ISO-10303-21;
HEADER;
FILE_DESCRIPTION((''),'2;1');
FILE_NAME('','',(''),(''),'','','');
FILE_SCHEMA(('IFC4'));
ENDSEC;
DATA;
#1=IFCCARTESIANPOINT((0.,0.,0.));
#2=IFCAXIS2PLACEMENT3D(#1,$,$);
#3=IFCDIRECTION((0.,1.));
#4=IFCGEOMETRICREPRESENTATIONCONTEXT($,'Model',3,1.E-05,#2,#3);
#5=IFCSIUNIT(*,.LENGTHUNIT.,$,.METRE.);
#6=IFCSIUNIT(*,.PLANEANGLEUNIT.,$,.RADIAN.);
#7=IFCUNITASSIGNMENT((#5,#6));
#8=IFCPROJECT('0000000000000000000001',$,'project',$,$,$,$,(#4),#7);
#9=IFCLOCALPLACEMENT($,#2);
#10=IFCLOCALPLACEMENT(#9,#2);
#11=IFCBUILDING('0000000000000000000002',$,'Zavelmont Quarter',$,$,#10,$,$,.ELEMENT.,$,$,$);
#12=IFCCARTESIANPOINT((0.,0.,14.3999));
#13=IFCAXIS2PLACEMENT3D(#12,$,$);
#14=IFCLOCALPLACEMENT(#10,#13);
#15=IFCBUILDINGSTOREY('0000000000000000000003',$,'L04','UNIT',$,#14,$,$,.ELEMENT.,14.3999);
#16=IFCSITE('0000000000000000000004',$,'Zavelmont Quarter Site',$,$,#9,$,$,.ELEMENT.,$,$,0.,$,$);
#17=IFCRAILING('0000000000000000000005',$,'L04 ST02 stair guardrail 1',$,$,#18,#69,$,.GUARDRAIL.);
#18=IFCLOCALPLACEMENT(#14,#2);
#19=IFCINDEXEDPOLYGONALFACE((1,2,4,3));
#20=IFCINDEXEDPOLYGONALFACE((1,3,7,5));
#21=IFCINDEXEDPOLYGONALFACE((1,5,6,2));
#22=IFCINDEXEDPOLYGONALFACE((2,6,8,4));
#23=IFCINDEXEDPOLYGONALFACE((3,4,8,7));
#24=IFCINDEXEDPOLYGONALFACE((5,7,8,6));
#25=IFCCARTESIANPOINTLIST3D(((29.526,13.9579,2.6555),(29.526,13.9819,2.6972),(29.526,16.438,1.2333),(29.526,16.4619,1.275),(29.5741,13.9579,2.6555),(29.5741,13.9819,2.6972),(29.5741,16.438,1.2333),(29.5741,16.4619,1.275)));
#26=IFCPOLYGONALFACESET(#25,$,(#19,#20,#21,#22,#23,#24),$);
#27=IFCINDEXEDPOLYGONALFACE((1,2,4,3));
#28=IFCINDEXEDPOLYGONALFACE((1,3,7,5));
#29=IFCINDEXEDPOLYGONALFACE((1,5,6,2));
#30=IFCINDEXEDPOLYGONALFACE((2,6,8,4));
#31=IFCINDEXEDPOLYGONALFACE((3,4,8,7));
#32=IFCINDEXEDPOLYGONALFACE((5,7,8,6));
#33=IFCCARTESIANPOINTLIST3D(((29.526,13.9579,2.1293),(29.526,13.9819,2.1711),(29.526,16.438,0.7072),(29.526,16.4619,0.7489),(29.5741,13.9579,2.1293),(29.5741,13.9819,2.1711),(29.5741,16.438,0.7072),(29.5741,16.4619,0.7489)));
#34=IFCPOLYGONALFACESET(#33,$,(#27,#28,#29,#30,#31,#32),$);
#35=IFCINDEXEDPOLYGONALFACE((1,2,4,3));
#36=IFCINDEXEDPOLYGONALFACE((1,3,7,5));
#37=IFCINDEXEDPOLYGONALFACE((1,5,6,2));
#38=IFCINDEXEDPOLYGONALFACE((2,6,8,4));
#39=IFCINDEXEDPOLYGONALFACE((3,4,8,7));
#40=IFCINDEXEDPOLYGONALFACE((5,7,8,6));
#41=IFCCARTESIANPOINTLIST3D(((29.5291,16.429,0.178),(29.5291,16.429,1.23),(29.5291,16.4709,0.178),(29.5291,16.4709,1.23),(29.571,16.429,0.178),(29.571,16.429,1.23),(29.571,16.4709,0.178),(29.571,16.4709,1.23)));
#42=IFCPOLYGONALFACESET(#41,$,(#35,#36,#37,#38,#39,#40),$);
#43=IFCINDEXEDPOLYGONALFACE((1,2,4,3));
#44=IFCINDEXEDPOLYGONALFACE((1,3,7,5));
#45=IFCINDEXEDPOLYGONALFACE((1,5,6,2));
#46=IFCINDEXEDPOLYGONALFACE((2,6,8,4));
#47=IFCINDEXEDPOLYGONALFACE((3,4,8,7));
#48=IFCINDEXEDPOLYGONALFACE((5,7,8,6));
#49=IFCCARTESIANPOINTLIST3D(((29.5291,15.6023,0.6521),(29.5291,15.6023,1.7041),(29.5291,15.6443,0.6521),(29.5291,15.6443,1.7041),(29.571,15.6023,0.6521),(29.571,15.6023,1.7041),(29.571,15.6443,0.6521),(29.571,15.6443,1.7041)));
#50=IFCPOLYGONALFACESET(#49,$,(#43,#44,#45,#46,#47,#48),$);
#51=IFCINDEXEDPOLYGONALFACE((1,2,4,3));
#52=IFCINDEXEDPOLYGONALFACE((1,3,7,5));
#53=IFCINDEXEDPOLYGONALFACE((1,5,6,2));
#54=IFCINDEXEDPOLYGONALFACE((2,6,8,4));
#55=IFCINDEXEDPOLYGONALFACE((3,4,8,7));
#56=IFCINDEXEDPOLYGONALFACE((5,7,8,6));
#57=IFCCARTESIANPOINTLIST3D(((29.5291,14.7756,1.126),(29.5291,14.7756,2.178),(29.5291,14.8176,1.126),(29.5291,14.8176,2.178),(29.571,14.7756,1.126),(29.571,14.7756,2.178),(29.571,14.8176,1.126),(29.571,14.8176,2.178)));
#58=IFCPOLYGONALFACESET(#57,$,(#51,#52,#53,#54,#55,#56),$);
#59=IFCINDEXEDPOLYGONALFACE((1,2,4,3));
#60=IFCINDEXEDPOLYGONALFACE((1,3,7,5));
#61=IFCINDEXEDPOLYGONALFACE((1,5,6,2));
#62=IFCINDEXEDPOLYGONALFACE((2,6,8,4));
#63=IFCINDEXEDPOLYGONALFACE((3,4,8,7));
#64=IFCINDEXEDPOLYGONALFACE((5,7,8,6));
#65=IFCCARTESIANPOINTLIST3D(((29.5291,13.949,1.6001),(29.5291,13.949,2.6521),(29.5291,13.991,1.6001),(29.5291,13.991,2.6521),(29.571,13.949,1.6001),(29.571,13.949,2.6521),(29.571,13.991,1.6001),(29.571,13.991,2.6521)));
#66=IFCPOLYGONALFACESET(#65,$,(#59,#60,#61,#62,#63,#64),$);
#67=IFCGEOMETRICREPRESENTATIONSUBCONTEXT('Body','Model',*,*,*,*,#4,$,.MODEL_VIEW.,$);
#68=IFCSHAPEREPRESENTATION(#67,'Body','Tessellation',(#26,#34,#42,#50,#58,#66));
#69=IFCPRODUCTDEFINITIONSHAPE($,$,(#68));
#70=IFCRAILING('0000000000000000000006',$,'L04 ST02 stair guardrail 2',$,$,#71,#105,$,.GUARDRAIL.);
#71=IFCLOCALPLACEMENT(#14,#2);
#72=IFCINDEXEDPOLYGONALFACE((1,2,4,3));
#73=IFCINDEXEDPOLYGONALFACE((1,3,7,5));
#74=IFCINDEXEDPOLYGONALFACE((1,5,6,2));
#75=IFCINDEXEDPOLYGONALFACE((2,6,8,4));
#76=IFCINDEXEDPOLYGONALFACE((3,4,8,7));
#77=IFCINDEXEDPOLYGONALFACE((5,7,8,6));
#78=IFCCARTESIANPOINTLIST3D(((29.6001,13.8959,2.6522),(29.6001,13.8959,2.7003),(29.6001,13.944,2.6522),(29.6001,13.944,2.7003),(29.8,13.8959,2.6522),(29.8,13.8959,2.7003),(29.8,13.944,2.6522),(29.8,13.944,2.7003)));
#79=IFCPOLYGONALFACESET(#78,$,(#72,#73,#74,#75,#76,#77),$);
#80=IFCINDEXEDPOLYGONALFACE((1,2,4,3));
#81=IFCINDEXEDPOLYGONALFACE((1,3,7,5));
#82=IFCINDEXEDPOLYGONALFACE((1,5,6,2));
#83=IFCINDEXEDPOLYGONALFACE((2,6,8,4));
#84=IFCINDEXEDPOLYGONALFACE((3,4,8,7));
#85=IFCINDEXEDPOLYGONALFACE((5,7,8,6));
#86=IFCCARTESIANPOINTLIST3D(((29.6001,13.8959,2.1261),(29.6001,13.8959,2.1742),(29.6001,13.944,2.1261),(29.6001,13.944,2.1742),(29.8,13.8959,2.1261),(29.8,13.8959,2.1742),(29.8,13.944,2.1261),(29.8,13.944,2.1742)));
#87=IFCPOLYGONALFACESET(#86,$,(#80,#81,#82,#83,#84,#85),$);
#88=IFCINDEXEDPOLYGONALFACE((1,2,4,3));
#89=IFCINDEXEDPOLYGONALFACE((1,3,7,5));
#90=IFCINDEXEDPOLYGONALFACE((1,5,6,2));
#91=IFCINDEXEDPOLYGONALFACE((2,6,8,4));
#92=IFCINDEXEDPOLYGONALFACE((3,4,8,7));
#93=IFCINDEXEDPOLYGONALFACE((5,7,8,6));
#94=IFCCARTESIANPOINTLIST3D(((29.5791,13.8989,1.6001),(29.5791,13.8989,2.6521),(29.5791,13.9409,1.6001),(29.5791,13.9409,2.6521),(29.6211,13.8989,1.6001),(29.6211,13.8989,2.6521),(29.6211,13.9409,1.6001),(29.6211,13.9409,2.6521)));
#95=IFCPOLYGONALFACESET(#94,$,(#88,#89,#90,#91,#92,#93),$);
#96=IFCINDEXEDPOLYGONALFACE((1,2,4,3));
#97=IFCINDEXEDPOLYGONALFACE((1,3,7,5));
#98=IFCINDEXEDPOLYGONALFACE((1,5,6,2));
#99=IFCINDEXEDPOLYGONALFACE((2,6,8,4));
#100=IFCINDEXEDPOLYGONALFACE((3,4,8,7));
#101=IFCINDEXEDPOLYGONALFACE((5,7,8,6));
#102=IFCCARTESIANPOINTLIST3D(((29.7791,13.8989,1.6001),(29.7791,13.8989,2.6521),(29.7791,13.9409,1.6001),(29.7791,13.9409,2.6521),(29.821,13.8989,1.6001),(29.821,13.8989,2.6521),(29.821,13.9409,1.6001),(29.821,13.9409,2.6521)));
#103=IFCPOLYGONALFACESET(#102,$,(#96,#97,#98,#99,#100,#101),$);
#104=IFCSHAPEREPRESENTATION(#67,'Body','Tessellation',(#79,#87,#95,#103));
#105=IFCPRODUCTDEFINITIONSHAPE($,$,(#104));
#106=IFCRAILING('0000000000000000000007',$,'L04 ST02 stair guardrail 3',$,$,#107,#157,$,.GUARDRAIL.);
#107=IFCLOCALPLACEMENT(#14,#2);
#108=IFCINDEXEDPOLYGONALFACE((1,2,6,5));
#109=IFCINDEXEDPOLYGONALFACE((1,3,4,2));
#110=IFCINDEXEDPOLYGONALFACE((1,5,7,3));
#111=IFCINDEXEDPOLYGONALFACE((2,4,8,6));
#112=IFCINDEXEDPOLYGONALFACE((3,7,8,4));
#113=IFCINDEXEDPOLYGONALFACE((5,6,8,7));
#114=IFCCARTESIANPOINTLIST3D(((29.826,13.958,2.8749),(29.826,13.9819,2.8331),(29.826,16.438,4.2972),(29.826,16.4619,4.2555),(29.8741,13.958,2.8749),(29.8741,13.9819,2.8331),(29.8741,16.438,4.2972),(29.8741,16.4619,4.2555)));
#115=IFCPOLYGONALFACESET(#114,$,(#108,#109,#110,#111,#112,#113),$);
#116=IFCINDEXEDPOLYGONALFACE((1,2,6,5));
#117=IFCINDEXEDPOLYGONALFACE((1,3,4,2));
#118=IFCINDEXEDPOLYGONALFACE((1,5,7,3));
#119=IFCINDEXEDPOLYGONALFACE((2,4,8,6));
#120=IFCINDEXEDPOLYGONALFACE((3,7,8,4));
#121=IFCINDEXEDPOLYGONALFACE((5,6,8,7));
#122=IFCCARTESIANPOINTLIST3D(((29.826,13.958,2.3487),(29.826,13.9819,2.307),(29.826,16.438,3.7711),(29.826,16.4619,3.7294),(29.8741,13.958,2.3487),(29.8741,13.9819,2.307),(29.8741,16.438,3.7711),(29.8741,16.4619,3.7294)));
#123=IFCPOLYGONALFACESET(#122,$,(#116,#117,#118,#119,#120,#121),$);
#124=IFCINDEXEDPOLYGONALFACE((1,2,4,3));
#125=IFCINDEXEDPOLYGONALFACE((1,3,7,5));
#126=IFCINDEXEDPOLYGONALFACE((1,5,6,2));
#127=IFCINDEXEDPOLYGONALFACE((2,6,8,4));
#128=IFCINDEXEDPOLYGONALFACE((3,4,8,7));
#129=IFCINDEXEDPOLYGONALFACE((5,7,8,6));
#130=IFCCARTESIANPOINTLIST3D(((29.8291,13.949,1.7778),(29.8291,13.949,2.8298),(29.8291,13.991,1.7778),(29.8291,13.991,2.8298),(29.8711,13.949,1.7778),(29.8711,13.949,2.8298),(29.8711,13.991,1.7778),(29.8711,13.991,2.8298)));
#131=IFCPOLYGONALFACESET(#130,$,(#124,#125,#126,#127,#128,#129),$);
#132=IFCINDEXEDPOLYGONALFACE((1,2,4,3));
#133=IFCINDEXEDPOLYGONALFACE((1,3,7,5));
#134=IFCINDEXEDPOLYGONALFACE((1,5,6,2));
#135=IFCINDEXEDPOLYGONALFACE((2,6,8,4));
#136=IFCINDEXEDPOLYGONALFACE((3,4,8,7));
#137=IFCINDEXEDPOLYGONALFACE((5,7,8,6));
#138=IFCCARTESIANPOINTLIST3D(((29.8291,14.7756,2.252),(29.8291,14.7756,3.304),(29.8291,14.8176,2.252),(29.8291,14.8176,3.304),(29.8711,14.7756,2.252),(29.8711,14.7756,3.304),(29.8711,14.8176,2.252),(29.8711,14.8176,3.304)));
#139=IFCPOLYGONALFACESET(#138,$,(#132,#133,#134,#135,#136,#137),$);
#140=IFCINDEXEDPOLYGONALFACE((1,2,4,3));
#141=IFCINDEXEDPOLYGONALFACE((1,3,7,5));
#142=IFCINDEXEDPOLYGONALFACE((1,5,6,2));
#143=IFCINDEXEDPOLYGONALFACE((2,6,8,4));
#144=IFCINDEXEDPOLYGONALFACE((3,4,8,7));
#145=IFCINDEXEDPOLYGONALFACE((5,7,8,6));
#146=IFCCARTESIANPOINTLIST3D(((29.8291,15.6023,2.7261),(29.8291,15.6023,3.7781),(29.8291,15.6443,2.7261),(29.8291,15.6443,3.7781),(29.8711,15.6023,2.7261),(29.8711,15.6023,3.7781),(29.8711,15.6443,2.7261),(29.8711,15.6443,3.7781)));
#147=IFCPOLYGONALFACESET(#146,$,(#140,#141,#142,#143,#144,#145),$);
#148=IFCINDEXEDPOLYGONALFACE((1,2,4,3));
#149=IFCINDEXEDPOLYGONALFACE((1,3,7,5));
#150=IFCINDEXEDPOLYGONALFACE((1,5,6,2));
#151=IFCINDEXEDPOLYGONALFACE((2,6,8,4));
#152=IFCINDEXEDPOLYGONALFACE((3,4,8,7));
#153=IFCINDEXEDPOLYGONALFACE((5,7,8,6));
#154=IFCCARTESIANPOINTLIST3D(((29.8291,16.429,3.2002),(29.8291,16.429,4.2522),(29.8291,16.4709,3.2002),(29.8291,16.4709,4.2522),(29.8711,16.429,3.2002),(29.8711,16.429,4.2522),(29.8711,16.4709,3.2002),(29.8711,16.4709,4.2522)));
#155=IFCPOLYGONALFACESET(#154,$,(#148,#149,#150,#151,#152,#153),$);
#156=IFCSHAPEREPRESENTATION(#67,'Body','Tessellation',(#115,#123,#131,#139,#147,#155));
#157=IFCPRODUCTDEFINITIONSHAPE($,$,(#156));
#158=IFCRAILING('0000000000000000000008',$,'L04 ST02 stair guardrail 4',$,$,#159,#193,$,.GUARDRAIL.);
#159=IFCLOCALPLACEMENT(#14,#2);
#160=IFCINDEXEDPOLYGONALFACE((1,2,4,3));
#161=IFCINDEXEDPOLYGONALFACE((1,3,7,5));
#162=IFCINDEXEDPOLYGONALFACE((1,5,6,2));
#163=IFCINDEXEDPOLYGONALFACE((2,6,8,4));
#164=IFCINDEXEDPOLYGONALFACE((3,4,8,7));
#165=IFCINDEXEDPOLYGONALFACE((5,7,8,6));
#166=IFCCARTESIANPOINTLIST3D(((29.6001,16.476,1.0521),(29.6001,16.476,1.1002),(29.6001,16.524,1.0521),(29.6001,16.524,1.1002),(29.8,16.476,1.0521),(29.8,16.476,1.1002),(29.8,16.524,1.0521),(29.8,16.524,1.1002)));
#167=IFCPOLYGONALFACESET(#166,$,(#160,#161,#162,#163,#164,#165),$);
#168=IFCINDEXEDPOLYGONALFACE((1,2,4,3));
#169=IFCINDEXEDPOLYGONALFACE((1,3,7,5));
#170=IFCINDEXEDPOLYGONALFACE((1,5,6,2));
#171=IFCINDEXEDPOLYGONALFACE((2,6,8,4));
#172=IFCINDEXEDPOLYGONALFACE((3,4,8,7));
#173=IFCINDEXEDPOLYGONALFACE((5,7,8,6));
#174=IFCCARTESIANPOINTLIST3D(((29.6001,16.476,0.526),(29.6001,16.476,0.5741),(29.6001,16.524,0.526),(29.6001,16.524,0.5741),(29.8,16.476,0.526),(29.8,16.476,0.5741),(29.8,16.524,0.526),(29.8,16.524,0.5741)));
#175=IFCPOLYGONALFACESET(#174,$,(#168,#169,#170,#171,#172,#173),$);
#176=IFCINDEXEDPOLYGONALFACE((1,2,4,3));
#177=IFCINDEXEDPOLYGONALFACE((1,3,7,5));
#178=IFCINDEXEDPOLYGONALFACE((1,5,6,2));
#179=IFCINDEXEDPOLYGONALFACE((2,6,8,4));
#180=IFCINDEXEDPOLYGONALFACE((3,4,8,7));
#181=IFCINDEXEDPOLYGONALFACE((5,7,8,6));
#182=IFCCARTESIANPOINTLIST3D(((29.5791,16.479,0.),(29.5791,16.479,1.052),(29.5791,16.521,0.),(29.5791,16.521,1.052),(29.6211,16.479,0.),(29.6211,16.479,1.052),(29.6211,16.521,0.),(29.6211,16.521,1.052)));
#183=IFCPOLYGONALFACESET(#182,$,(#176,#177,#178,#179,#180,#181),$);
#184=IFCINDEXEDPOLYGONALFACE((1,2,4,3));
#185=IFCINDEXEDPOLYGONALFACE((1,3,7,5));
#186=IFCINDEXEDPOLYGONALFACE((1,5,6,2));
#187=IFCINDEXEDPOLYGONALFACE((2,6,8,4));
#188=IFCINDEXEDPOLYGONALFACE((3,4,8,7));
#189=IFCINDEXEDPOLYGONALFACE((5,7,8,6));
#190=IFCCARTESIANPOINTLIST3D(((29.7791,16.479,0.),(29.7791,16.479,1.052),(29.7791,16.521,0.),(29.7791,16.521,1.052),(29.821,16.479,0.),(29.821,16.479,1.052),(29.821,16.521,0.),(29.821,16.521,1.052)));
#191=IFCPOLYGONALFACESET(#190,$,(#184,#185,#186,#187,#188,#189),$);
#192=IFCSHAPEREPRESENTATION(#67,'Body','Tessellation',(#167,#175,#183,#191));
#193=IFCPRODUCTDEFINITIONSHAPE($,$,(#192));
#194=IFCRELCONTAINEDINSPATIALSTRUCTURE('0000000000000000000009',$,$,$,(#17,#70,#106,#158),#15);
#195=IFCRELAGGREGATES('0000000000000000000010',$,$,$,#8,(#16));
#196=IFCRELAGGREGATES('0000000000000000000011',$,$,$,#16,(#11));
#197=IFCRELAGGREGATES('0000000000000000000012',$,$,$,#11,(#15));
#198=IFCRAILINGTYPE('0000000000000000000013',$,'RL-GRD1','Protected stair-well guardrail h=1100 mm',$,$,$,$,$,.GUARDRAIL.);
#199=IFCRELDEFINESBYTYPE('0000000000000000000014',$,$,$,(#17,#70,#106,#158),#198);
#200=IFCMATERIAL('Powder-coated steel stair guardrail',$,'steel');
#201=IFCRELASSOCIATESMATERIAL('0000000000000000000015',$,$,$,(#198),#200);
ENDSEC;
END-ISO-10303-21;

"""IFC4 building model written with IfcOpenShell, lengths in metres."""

from ifc_helpers import new_model, si_unit, direction, frame, origin, origin_2d, place, context, subcontext, project, spatial, rectangle, extrude, material, type_object, element, save


model = new_model("IFC4")

# Units and contexts
model_context = context("Model", 3, precision=1e-05, world=origin(), true_north=direction((0.0, 1.0)))
body_context = subcontext(model_context, "Body", "Model", "MODEL_VIEW")
ifc_project = project(units=[si_unit("LENGTHUNIT", "METRE"), si_unit("PLANEANGLEUNIT", "RADIAN")], contexts=[model_context])

# Site, building, storey
site_placement = place(None, origin())
site = spatial("IfcSite", under=ifc_project, at=site_placement, Name="Zavelmont Quarter Site", CompositionType="ELEMENT", RefElevation=0.0)
building_placement = place(site_placement, origin())
building = spatial("IfcBuilding", under=site, at=building_placement, Name="Zavelmont Quarter", CompositionType="ELEMENT")
storey_placement = place(building_placement, frame((0.0, 0.0, 14.3999)))
storey = spatial("IfcBuildingStorey", under=building, at=storey_placement, Name="L04", Description="UNIT", CompositionType="ELEMENT", Elevation=14.3999)

# Railings
ifc_material_1 = material(Name="Powder-coated steel stair guardrail", Category="steel")
railing_type_1 = type_object("IfcRailingType", Name="RL-GRD1", Description="Protected stair-well guardrail h=1100 mm", PredefinedType="GUARDRAIL", material=ifc_material_1)
railing_1_placement = place(storey_placement, frame((29.55, 16.45, 0.178)))
element("IfcRailing", 1, at=railing_1_placement, inside=storey, type_object=railing_type_1, Name="L04 ST02 stair guardrail 1", PredefinedType="GUARDRAIL", context=body_context, shape_type="SweptSolid", body=[
    extrude(rectangle(XDim=0.0481, YDim=0.0481, at=origin_2d()), frame((0.0, 0.0, 1.0762), z_axis=(0.0, -0.867491, 0.497454), x_axis=(1.0, 0.0, 0.0)), (0.0, 0.0, 1.0), 2.8589),
    extrude(rectangle(XDim=0.0481, YDim=0.0481, at=origin_2d()), frame((0.0, 0.0, 0.55), z_axis=(0.0, -0.867491, 0.497454), x_axis=(1.0, 0.0, 0.0)), (0.0, 0.0, 1.0), 2.8589),
    extrude(rectangle(XDim=0.042, YDim=0.042, at=origin_2d()), origin(), (0.0, 0.0, 1.0), 1.052),
    extrude(rectangle(XDim=0.042, YDim=0.042, at=origin_2d()), frame((0.0, -0.8267, 0.4741)), (0.0, 0.0, 1.0), 1.052),
    extrude(rectangle(XDim=0.042, YDim=0.042, at=origin_2d()), frame((0.0, -1.6533, 0.948)), (0.0, 0.0, 1.0), 1.052),
    extrude(rectangle(XDim=0.042, YDim=0.042, at=origin_2d()), frame((0.0, -2.48, 1.4221)), (0.0, 0.0, 1.0), 1.052),
])
railing_2_placement = place(storey_placement, frame((29.6001, 13.9199, 1.6001)))
element("IfcRailing", 2, at=railing_2_placement, inside=storey, type_object=railing_type_1, Name="L04 ST02 stair guardrail 2", PredefinedType="GUARDRAIL", context=body_context, shape_type="SweptSolid", body=[
    extrude(rectangle(XDim=0.0481, YDim=0.0481, at=origin_2d()), frame((0.0, 0.0, 1.0762), z_axis=(1.0, 0.0, 0.0), x_axis=(0.0, 1.0, 0.0)), (0.0, 0.0, 1.0), 0.2),
    extrude(rectangle(XDim=0.0481, YDim=0.0481, at=origin_2d()), frame((0.0, 0.0, 0.55), z_axis=(1.0, 0.0, 0.0), x_axis=(0.0, 1.0, 0.0)), (0.0, 0.0, 1.0), 0.2),
    extrude(rectangle(XDim=0.042, YDim=0.042, at=origin_2d()), origin(), (0.0, 0.0, 1.0), 1.052),
    extrude(rectangle(XDim=0.042, YDim=0.042, at=origin_2d()), frame((0.2, 0.0, 0.0)), (0.0, 0.0, 1.0), 1.052),
])
railing_3_placement = place(storey_placement, frame((29.8501, 13.97, 1.7778)))
element("IfcRailing", 3, at=railing_3_placement, inside=storey, type_object=railing_type_1, Name="L04 ST02 stair guardrail 3", PredefinedType="GUARDRAIL", context=body_context, shape_type="SweptSolid", body=[
    extrude(rectangle(XDim=0.0481, YDim=0.0481, at=origin_2d()), frame((0.0, 0.0, 1.0762), z_axis=(0.0, 0.867454, 0.497518), x_axis=(-1.0, 0.0, 0.0)), (0.0, 0.0, 1.0), 2.8589),
    extrude(rectangle(XDim=0.0481, YDim=0.0481, at=origin_2d()), frame((0.0, 0.0, 0.55), z_axis=(0.0, 0.867454, 0.497518), x_axis=(-1.0, 0.0, 0.0)), (0.0, 0.0, 1.0), 2.8589),
    extrude(rectangle(XDim=0.042, YDim=0.042, at=origin_2d()), origin(), (0.0, 0.0, 1.0), 1.052),
    extrude(rectangle(XDim=0.042, YDim=0.042, at=origin_2d()), frame((0.0, 0.8267, 0.4741)), (0.0, 0.0, 1.0), 1.052),
    extrude(rectangle(XDim=0.042, YDim=0.042, at=origin_2d()), frame((0.0, 1.6533, 0.9482)), (0.0, 0.0, 1.0), 1.052),
    extrude(rectangle(XDim=0.042, YDim=0.042, at=origin_2d()), frame((0.0, 2.48, 1.4224)), (0.0, 0.0, 1.0), 1.052),
])
railing_4_placement = place(storey_placement, frame((29.6001, 16.5, 0.0)))
element("IfcRailing", 4, at=railing_4_placement, inside=storey, type_object=railing_type_1, Name="L04 ST02 stair guardrail 4", PredefinedType="GUARDRAIL", context=body_context, shape_type="SweptSolid", body=[
    extrude(rectangle(XDim=0.0481, YDim=0.0481, at=origin_2d()), frame((0.0, 0.0, 1.0762), z_axis=(1.0, 0.0, 0.0), x_axis=(0.0, 1.0, 0.0)), (0.0, 0.0, 1.0), 0.2),
    extrude(rectangle(XDim=0.0481, YDim=0.0481, at=origin_2d()), frame((0.0, 0.0, 0.55), z_axis=(1.0, 0.0, 0.0), x_axis=(0.0, 1.0, 0.0)), (0.0, 0.0, 1.0), 0.2),
    extrude(rectangle(XDim=0.042, YDim=0.042, at=origin_2d()), origin(), (0.0, 0.0, 1.0), 1.052),
    extrude(rectangle(XDim=0.042, YDim=0.042, at=origin_2d()), frame((0.2, 0.0, 0.0)), (0.0, 0.0, 1.0), 1.052),
])

save(model, "model.ifc")
